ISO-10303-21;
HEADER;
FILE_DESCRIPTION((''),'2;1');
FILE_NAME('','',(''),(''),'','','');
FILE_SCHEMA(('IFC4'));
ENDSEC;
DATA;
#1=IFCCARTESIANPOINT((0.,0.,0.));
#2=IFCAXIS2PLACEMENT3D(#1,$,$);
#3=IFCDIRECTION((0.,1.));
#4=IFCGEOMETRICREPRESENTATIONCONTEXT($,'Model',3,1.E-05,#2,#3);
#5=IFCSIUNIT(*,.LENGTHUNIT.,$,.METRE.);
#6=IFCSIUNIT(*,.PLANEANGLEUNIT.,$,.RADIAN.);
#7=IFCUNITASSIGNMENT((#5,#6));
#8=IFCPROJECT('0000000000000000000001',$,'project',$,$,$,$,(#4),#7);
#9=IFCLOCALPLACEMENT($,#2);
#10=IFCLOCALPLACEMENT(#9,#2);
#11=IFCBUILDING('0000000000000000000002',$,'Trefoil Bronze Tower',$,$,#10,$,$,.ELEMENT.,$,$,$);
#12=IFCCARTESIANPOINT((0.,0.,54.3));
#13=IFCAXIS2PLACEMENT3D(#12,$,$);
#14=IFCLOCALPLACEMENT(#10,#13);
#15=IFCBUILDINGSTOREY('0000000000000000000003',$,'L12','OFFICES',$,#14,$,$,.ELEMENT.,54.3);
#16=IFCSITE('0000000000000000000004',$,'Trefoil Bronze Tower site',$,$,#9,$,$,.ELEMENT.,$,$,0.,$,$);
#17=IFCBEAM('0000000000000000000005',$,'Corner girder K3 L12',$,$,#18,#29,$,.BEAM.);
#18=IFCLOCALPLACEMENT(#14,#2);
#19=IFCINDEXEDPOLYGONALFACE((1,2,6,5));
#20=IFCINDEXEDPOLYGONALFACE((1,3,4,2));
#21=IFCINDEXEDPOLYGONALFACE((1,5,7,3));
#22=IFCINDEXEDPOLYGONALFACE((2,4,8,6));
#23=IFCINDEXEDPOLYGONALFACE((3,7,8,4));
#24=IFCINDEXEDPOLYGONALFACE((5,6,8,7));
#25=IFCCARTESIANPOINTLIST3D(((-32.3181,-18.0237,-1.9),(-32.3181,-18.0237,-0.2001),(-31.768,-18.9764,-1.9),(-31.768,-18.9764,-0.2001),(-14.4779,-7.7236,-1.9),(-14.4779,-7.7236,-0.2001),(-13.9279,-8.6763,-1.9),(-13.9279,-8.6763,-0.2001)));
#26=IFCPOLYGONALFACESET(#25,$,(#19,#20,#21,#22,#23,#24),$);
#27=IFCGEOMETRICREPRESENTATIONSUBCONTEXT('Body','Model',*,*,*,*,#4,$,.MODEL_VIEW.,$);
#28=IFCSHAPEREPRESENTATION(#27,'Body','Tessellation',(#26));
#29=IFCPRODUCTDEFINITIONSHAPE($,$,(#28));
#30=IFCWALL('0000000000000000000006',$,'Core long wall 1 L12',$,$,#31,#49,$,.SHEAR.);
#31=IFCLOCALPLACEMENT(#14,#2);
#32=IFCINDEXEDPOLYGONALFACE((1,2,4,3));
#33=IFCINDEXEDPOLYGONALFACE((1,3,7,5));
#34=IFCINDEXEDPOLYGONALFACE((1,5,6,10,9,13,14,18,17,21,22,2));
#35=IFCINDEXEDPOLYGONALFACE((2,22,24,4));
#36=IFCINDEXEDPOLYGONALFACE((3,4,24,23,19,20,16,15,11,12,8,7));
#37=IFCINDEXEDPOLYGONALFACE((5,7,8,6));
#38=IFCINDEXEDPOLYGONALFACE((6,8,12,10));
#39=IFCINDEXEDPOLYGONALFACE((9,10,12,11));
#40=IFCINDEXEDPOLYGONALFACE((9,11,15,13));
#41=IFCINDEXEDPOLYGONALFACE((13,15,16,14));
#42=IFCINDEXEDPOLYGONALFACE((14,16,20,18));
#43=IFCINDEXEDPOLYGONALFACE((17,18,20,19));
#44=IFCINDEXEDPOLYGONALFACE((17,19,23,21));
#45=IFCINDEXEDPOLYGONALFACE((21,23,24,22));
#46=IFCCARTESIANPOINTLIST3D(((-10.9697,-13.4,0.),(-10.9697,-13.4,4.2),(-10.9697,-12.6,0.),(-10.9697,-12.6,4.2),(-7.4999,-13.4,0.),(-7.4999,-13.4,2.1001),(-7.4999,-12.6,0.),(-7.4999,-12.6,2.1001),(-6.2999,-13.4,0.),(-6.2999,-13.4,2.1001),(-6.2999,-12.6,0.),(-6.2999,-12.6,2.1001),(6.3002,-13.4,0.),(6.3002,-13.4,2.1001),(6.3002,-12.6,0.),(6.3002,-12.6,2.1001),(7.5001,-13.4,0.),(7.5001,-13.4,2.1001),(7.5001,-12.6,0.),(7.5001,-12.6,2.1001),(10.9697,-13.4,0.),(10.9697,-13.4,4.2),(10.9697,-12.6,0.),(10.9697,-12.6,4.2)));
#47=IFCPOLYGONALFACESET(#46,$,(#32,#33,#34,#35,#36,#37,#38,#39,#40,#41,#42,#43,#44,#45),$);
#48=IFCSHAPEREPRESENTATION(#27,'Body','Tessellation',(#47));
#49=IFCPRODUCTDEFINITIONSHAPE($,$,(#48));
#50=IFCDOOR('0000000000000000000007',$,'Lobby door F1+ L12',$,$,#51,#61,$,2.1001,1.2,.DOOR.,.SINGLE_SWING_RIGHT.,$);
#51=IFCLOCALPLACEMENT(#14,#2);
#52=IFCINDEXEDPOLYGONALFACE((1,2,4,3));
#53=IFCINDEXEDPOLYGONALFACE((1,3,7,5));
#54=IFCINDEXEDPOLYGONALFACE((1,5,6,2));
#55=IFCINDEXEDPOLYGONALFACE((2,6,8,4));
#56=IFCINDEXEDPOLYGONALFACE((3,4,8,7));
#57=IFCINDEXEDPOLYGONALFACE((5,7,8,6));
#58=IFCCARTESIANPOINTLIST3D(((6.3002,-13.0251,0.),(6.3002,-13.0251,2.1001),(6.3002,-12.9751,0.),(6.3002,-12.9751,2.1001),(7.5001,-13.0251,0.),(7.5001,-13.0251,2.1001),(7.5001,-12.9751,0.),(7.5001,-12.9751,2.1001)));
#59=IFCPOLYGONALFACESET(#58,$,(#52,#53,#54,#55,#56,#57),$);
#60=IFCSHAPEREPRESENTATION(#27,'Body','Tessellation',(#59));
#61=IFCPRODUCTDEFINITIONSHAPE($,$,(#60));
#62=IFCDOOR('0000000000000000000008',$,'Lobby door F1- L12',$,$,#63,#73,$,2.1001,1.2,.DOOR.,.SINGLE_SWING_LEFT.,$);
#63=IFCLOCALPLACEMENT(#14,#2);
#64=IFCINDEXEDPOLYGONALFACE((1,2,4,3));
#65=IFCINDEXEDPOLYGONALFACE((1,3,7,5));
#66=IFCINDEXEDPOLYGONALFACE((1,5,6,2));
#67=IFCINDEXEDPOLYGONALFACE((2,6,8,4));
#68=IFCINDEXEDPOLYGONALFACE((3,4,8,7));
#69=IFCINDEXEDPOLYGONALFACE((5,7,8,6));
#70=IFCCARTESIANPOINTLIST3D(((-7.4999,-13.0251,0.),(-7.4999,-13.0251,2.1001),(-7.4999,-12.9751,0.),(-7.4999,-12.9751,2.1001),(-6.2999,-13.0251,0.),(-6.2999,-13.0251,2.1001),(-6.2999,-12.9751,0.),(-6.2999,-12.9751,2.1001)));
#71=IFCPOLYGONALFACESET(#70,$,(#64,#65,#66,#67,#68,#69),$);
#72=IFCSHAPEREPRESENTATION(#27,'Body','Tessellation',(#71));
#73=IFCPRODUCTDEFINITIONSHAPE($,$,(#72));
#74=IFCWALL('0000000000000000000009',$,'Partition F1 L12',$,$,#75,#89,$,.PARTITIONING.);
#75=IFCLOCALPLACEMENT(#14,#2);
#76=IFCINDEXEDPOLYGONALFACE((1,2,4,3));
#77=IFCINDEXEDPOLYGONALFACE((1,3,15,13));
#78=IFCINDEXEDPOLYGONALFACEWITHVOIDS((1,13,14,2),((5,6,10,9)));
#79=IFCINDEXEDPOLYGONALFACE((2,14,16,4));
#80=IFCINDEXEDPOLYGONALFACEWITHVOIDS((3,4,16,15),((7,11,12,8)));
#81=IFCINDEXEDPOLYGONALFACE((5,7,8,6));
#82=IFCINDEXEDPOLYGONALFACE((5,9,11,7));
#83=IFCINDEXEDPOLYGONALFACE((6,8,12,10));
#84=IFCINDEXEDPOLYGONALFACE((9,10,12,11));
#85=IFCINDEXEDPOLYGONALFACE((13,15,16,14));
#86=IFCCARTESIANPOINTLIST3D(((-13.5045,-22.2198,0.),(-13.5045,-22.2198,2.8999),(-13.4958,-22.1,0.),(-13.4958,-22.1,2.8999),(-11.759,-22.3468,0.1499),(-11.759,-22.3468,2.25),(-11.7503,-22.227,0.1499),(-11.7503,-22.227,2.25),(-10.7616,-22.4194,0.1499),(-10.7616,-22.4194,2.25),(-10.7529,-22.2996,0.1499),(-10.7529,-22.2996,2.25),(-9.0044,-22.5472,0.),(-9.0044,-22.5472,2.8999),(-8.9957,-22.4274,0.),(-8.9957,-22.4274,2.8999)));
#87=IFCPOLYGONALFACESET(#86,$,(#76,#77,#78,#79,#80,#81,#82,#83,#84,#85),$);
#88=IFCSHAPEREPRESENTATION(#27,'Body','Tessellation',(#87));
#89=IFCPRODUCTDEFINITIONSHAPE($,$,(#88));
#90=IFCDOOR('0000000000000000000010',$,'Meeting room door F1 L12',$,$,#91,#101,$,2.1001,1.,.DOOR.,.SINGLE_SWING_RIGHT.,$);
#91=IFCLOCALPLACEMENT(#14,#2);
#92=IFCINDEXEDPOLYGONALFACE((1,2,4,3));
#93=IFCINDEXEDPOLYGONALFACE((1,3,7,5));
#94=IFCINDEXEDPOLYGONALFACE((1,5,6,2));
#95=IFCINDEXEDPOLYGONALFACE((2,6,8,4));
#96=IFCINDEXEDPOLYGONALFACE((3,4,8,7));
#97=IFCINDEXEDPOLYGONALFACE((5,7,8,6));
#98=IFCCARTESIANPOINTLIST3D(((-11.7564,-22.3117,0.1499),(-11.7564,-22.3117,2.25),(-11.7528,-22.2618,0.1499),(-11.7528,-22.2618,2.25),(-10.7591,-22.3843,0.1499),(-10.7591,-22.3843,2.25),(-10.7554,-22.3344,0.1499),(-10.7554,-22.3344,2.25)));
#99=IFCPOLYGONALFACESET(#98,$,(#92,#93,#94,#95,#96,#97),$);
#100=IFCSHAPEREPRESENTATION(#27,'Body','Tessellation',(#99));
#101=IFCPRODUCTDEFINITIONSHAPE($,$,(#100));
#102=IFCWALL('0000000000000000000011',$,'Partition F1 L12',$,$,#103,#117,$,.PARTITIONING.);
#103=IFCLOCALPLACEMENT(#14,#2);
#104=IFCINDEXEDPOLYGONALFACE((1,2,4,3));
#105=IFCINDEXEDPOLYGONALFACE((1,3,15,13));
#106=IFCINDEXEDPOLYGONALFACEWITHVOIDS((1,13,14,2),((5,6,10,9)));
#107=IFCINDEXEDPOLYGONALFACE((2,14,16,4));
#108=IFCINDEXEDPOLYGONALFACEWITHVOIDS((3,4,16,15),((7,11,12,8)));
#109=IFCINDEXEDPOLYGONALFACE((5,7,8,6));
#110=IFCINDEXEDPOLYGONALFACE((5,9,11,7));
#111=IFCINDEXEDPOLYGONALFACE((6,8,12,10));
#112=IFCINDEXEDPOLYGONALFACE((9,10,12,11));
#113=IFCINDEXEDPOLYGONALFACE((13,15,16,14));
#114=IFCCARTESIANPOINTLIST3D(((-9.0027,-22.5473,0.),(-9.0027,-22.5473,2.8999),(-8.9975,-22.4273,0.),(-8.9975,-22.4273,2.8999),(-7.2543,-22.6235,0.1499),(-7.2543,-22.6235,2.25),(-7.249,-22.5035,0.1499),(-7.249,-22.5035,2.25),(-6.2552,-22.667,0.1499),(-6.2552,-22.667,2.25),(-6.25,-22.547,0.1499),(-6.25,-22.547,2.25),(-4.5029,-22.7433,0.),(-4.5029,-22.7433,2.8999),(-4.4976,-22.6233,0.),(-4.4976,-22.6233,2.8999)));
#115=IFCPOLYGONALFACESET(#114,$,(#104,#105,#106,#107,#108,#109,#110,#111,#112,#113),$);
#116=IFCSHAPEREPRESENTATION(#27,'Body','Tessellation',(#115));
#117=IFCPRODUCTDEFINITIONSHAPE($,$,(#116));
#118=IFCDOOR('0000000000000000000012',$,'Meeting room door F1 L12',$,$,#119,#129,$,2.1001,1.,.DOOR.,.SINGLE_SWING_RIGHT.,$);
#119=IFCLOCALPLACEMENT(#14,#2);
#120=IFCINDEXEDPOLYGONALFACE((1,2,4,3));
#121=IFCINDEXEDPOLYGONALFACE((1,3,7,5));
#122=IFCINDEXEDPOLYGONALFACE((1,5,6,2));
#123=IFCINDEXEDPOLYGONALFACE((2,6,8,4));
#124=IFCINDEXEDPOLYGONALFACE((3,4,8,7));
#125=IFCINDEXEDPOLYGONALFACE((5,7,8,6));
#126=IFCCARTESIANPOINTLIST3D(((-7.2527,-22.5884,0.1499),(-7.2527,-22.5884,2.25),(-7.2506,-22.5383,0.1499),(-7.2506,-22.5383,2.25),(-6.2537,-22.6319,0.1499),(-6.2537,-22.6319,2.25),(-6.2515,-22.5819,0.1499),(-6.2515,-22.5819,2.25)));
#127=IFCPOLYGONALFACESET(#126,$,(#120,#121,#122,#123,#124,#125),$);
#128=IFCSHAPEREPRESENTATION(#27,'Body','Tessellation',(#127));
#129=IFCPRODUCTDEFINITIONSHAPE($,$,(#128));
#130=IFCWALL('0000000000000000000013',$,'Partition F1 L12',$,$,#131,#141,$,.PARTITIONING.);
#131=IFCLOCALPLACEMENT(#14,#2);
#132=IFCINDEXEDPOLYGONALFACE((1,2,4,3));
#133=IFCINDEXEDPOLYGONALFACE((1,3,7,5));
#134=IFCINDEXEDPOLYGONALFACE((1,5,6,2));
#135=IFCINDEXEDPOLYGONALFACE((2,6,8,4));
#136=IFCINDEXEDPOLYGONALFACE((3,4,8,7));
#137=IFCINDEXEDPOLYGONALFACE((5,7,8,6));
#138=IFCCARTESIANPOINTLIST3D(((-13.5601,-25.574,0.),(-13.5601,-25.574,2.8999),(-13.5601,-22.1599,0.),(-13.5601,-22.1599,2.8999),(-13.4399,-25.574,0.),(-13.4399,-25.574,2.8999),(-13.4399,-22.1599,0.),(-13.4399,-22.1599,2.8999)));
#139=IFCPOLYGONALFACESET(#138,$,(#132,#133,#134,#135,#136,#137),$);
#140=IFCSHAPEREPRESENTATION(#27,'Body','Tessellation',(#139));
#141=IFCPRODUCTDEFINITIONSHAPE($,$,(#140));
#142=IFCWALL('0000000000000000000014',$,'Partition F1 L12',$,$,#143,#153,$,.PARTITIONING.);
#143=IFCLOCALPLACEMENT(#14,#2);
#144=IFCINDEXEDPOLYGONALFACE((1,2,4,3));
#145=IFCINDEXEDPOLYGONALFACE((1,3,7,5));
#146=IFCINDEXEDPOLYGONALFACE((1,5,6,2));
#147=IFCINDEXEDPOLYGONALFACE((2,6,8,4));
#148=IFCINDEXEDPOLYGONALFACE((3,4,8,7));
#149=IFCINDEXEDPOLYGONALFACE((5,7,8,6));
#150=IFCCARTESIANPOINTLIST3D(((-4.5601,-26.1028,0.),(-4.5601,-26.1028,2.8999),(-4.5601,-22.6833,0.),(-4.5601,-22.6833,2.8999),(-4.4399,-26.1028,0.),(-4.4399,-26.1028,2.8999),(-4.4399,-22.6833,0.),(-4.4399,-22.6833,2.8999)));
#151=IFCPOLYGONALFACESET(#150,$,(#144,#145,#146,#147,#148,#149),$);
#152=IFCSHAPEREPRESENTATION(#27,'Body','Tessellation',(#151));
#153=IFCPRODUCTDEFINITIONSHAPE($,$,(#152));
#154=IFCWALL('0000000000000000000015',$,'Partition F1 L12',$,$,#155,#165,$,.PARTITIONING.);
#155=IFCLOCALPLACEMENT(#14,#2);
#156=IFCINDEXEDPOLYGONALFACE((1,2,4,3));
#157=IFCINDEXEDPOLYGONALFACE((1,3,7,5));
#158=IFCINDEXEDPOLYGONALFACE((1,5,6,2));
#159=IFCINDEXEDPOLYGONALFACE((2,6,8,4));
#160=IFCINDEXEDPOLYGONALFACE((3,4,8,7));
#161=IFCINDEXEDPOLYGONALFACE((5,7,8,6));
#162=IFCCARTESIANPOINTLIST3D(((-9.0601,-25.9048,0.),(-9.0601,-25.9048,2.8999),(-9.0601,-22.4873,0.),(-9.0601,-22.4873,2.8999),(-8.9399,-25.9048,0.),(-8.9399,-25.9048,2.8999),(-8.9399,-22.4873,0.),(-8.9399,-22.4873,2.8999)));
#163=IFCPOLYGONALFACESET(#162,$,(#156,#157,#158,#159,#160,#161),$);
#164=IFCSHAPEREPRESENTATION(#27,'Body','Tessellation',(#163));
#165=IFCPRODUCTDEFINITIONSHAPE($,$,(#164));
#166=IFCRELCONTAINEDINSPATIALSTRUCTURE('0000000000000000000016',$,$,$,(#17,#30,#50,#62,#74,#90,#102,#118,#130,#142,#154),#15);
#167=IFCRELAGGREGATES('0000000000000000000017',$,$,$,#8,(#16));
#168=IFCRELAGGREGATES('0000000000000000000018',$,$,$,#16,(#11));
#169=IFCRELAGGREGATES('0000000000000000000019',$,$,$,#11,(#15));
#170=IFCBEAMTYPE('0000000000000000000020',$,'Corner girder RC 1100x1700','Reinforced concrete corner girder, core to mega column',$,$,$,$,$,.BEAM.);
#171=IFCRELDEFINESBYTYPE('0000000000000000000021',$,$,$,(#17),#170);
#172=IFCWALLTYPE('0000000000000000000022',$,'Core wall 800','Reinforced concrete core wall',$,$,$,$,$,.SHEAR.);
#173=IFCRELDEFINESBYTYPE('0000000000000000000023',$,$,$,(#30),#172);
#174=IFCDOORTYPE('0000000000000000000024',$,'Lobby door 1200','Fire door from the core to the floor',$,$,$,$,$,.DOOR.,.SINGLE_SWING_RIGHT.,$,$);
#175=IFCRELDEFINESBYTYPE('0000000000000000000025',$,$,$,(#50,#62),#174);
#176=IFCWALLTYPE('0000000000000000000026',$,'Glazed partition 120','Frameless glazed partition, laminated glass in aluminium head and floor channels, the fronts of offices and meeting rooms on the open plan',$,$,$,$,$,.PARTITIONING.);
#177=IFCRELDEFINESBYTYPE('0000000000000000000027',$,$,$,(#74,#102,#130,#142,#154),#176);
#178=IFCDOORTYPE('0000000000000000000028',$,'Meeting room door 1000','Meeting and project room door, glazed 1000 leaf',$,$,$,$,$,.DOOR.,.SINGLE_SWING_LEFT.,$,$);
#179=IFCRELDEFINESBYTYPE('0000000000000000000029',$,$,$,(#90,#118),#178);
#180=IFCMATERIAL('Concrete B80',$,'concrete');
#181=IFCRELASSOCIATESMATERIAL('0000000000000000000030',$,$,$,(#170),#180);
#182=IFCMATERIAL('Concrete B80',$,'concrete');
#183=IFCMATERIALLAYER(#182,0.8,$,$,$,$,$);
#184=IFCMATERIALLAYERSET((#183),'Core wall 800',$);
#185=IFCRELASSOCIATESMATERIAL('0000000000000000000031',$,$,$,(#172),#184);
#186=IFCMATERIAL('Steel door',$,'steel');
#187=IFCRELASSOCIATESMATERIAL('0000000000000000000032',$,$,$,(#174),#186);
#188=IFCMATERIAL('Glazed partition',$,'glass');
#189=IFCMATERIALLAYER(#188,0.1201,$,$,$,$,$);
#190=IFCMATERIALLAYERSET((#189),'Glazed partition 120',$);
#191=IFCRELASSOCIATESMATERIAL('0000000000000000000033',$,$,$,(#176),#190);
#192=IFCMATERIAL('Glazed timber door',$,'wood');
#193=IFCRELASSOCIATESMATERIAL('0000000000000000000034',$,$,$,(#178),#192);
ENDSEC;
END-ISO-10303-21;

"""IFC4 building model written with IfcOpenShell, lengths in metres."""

from ifc_helpers import new_model, si_unit, direction, frame, frame_2d, origin, origin_2d, place, context, subcontext, project, spatial, rectangle, extrude, material, layer, layer_set, material_profile, profile_set, type_object, element, fill, save


model = new_model("IFC4")

# Units and contexts
model_context = context("Model", 3, precision=1e-05, world=origin(), true_north=direction((0.0, 1.0)))
body_context = subcontext(model_context, "Body", "Model", "MODEL_VIEW")
ifc_project = project(units=[si_unit("LENGTHUNIT", "METRE"), si_unit("PLANEANGLEUNIT", "RADIAN")], contexts=[model_context])

# Site, building, storey
site_placement = place(None, origin())
site = spatial("IfcSite", under=ifc_project, at=site_placement, Name="Trefoil Bronze Tower site", CompositionType="ELEMENT", RefElevation=0.0)
building_placement = place(site_placement, origin())
building = spatial("IfcBuilding", under=site, at=building_placement, Name="Trefoil Bronze Tower", CompositionType="ELEMENT")
storey_placement = place(building_placement, frame((0.0, 0.0, 54.3)))
storey = spatial("IfcBuildingStorey", under=building, at=storey_placement, Name="L12", Description="OFFICES", CompositionType="ELEMENT", Elevation=54.3)

# Beam
ifc_material_1 = material(Name="Concrete B80", Category="concrete")
ifc_material_profile_1 = material_profile(ifc_material_1, rectangle(XDim=1.1001, YDim=1.7, at=origin_2d()), Name="RC 1100x1700")
ifc_profile_set_1 = profile_set([ifc_material_profile_1], Name="Concrete B80")
beam_type_1 = type_object("IfcBeamType", Name="Corner girder RC 1100x1700", Description="Reinforced concrete corner girder, core to mega column", PredefinedType="BEAM", material=ifc_profile_set_1)
beam_1_placement = place(storey_placement, frame((-14.2029, -8.2, -1.05), z_axis=(-0.866024, -0.500003, 0.0), x_axis=(0.500003, -0.866024, 0.0)))
element("IfcBeam", 1, at=beam_1_placement, inside=storey, type_object=beam_type_1, Name="Corner girder K3 L12", PredefinedType="BEAM", context=body_context, shape_type="SweptSolid", body=[
    extrude(rectangle(XDim=1.1001, YDim=1.7, at=origin_2d()), origin(), (0.0, 0.0, 1.0), 20.6001),
])

# Wall, openings, doors
ifc_material_2 = material(Name="Concrete B80", Category="concrete")
ifc_layer_1 = layer(ifc_material_2, 0.8)
ifc_layer_set_1 = layer_set([ifc_layer_1], Name="Core wall 800")
wall_type_1 = type_object("IfcWallType", Name="Core wall 800", Description="Reinforced concrete core wall", PredefinedType="SHEAR", material=ifc_layer_set_1)
wall_1_placement = place(storey_placement, frame((-10.9697, -13.0, 0.0), z_axis=(0.0, 0.0, 1.0), x_axis=(1.0, 0.0, 0.0)))
wall_1 = element("IfcWall", 2, at=wall_1_placement, inside=storey, type_object=wall_type_1, Name="Core long wall 1 L12", PredefinedType="SHEAR", context=body_context, shape_type="SweptSolid", body=[
    extrude(rectangle(XDim=21.9395, YDim=0.8, at=frame_2d((10.9697, 0.0))), origin(), (0.0, 0.0, 1.0), 4.2),
])
opening_1_placement = place(wall_1_placement, frame((17.2698, 0.0, 0.0)))
opening_1 = element("IfcOpeningElement", 3, at=opening_1_placement, cuts=wall_1, PredefinedType="OPENING", context=body_context, shape_type="SweptSolid", body=[
    extrude(rectangle(XDim=1.2, YDim=2.1001, at=frame_2d((0.6001, 1.05))), frame((0.0, 0.4099, 0.0), z_axis=(0.0, -1.0, 0.0), x_axis=(1.0, 0.0, 0.0)), (0.0, 0.0, 1.0), 0.8201),
])
opening_2_placement = place(wall_1_placement, frame((3.4697, 0.0, 0.0)))
opening_2 = element("IfcOpeningElement", 4, at=opening_2_placement, cuts=wall_1, PredefinedType="OPENING", context=body_context, shape_type="SweptSolid", body=[
    extrude(rectangle(XDim=1.2, YDim=2.1001, at=frame_2d((0.6001, 1.05))), frame((0.0, 0.4099, 0.0), z_axis=(0.0, -1.0, 0.0), x_axis=(1.0, 0.0, 0.0)), (0.0, 0.0, 1.0), 0.8201),
])
ifc_material_3 = material(Name="Steel door", Category="steel")
door_type_1 = type_object("IfcDoorType", Name="Lobby door 1200", Description="Fire door from the core to the floor", OperationType="SINGLE_SWING_RIGHT", PredefinedType="DOOR", material=ifc_material_3)
door_1_placement = place(opening_1_placement, origin())
door_1 = element("IfcDoor", 5, at=door_1_placement, inside=storey, type_object=door_type_1, Name="Lobby door F1+ L12", OperationType="SINGLE_SWING_RIGHT", OverallHeight=2.1001, OverallWidth=1.2, PredefinedType="DOOR", context=body_context, shape_type="SweptSolid", body=[
    extrude(rectangle(XDim=1.2, YDim=2.1001, at=frame_2d((0.6001, 1.05))), frame((0.0, 0.0249, 0.0), z_axis=(0.0, -1.0, 0.0), x_axis=(1.0, 0.0, 0.0)), (0.0, 0.0, 1.0), 0.05),
])
fill(opening_1, door_1)
door_2_placement = place(opening_2_placement, origin())
door_2 = element("IfcDoor", 6, at=door_2_placement, inside=storey, type_object=door_type_1, Name="Lobby door F1- L12", OperationType="SINGLE_SWING_LEFT", OverallHeight=2.1001, OverallWidth=1.2, PredefinedType="DOOR", context=body_context, shape_type="SweptSolid", body=[
    extrude(rectangle(XDim=1.2, YDim=2.1001, at=frame_2d((0.6001, 1.05))), frame((0.0, 0.0249, 0.0), z_axis=(0.0, -1.0, 0.0), x_axis=(1.0, 0.0, 0.0)), (0.0, 0.0, 1.0), 0.05),
])
fill(opening_2, door_2)

# Walls, openings, doors
ifc_material_4 = material(Name="Glazed partition", Category="glass")
ifc_layer_2 = layer(ifc_material_4, 0.1201)
ifc_layer_set_2 = layer_set([ifc_layer_2], Name="Glazed partition 120")
wall_type_2 = type_object("IfcWallType", Name="Glazed partition 120", Description="Frameless glazed partition, laminated glass in aluminium head and floor channels, the fronts of offices and meeting rooms on the open plan", PredefinedType="PARTITIONING", material=ifc_layer_set_2)
wall_2_placement = place(storey_placement, frame((-13.5, -22.1599, 0.0), z_axis=(0.0, 0.0, 1.0), x_axis=(0.997364, -0.072562, 0.0)))
wall_2 = element("IfcWall", 7, at=wall_2_placement, inside=storey, type_object=wall_type_2, Name="Partition F1 L12", PredefinedType="PARTITIONING", context=body_context, shape_type="SweptSolid", body=[
    extrude(rectangle(XDim=4.512, YDim=0.1201, at=frame_2d((2.2559, 0.0))), origin(), (0.0, 0.0, 1.0), 2.8999),
])
opening_3_placement = place(wall_2_placement, frame((1.75, 0.0, 0.1499)))
opening_3 = element("IfcOpeningElement", 8, at=opening_3_placement, cuts=wall_2, PredefinedType="OPENING", context=body_context, shape_type="SweptSolid", body=[
    extrude(rectangle(XDim=1.0, YDim=2.1001, at=frame_2d((0.5, 1.05))), frame((0.0, 0.0701, 0.0), z_axis=(0.0, -1.0, 0.0), x_axis=(1.0, 0.0, 0.0)), (0.0, 0.0, 1.0), 0.1401),
])
ifc_material_5 = material(Name="Glazed timber door", Category="wood")
door_type_2 = type_object("IfcDoorType", Name="Meeting room door 1000", Description="Meeting and project room door, glazed 1000 leaf", OperationType="SINGLE_SWING_LEFT", PredefinedType="DOOR", material=ifc_material_5)
door_3_placement = place(opening_3_placement, frame((1.0, 0.0, 0.0), z_axis=(0.0, 0.0, 1.0), x_axis=(-1.0, 0.0, 0.0)))
door_3 = element("IfcDoor", 9, at=door_3_placement, inside=storey, type_object=door_type_2, Name="Meeting room door F1 L12", OperationType="SINGLE_SWING_RIGHT", OverallHeight=2.1001, OverallWidth=1.0, PredefinedType="DOOR", context=body_context, shape_type="SweptSolid", body=[
    extrude(rectangle(XDim=1.0, YDim=2.1001, at=frame_2d((0.5, 1.05))), frame((0.0, 0.0249, 0.0), z_axis=(0.0, -1.0, 0.0), x_axis=(1.0, 0.0, 0.0)), (0.0, 0.0, 1.0), 0.05),
])
fill(opening_3, door_3)
wall_3_placement = place(storey_placement, frame((-9.0, -22.4873, 0.0), z_axis=(0.0, 0.0, 1.0), x_axis=(0.999052, -0.043524, 0.0)))
wall_3 = element("IfcWall", 10, at=wall_3_placement, inside=storey, type_object=wall_type_2, Name="Partition F1 L12", PredefinedType="PARTITIONING", context=body_context, shape_type="SweptSolid", body=[
    extrude(rectangle(XDim=4.5042, YDim=0.1201, at=frame_2d((2.252, 0.0))), origin(), (0.0, 0.0, 1.0), 2.8999),
])
opening_4_placement = place(wall_3_placement, frame((1.75, 0.0, 0.1499)))
opening_4 = element("IfcOpeningElement", 11, at=opening_4_placement, cuts=wall_3, PredefinedType="OPENING", context=body_context, shape_type="SweptSolid", body=[
    extrude(rectangle(XDim=1.0, YDim=2.1001, at=frame_2d((0.5, 1.05))), frame((0.0, 0.0701, 0.0), z_axis=(0.0, -1.0, 0.0), x_axis=(1.0, 0.0, 0.0)), (0.0, 0.0, 1.0), 0.1401),
])
door_4_placement = place(opening_4_placement, frame((1.0, 0.0, 0.0), z_axis=(0.0, 0.0, 1.0), x_axis=(-1.0, 0.0, 0.0)))
door_4 = element("IfcDoor", 12, at=door_4_placement, inside=storey, type_object=door_type_2, Name="Meeting room door F1 L12", OperationType="SINGLE_SWING_RIGHT", OverallHeight=2.1001, OverallWidth=1.0, PredefinedType="DOOR", context=body_context, shape_type="SweptSolid", body=[
    extrude(rectangle(XDim=1.0, YDim=2.1001, at=frame_2d((0.5, 1.05))), frame((0.0, 0.0249, 0.0), z_axis=(0.0, -1.0, 0.0), x_axis=(1.0, 0.0, 0.0)), (0.0, 0.0, 1.0), 0.05),
])
fill(opening_4, door_4)

# Walls
wall_4_placement = place(storey_placement, frame((-13.5, -22.1599, 0.0), z_axis=(0.0, 0.0, 1.0), x_axis=(0.0, -1.0, 0.0)))
element("IfcWall", 13, at=wall_4_placement, inside=storey, type_object=wall_type_2, Name="Partition F1 L12", PredefinedType="PARTITIONING", context=body_context, shape_type="SweptSolid", body=[
    extrude(rectangle(XDim=3.4141, YDim=0.1201, at=frame_2d((1.707, 0.0))), origin(), (0.0, 0.0, 1.0), 2.8999),
])
wall_5_placement = place(storey_placement, frame((-4.5, -22.6833, 0.0), z_axis=(0.0, 0.0, 1.0), x_axis=(0.0, -1.0, 0.0)))
element("IfcWall", 14, at=wall_5_placement, inside=storey, type_object=wall_type_2, Name="Partition F1 L12", PredefinedType="PARTITIONING", context=body_context, shape_type="SweptSolid", body=[
    extrude(rectangle(XDim=3.4194, YDim=0.1201, at=frame_2d((1.7097, 0.0))), origin(), (0.0, 0.0, 1.0), 2.8999),
])
wall_6_placement = place(storey_placement, frame((-9.0, -22.4873, 0.0), z_axis=(0.0, 0.0, 1.0), x_axis=(0.0, -1.0, 0.0)))
element("IfcWall", 15, at=wall_6_placement, inside=storey, type_object=wall_type_2, Name="Partition F1 L12", PredefinedType="PARTITIONING", context=body_context, shape_type="SweptSolid", body=[
    extrude(rectangle(XDim=3.4175, YDim=0.1201, at=frame_2d((1.7087, 0.0))), origin(), (0.0, 0.0, 1.0), 2.8999),
])

save(model, "model.ifc")
